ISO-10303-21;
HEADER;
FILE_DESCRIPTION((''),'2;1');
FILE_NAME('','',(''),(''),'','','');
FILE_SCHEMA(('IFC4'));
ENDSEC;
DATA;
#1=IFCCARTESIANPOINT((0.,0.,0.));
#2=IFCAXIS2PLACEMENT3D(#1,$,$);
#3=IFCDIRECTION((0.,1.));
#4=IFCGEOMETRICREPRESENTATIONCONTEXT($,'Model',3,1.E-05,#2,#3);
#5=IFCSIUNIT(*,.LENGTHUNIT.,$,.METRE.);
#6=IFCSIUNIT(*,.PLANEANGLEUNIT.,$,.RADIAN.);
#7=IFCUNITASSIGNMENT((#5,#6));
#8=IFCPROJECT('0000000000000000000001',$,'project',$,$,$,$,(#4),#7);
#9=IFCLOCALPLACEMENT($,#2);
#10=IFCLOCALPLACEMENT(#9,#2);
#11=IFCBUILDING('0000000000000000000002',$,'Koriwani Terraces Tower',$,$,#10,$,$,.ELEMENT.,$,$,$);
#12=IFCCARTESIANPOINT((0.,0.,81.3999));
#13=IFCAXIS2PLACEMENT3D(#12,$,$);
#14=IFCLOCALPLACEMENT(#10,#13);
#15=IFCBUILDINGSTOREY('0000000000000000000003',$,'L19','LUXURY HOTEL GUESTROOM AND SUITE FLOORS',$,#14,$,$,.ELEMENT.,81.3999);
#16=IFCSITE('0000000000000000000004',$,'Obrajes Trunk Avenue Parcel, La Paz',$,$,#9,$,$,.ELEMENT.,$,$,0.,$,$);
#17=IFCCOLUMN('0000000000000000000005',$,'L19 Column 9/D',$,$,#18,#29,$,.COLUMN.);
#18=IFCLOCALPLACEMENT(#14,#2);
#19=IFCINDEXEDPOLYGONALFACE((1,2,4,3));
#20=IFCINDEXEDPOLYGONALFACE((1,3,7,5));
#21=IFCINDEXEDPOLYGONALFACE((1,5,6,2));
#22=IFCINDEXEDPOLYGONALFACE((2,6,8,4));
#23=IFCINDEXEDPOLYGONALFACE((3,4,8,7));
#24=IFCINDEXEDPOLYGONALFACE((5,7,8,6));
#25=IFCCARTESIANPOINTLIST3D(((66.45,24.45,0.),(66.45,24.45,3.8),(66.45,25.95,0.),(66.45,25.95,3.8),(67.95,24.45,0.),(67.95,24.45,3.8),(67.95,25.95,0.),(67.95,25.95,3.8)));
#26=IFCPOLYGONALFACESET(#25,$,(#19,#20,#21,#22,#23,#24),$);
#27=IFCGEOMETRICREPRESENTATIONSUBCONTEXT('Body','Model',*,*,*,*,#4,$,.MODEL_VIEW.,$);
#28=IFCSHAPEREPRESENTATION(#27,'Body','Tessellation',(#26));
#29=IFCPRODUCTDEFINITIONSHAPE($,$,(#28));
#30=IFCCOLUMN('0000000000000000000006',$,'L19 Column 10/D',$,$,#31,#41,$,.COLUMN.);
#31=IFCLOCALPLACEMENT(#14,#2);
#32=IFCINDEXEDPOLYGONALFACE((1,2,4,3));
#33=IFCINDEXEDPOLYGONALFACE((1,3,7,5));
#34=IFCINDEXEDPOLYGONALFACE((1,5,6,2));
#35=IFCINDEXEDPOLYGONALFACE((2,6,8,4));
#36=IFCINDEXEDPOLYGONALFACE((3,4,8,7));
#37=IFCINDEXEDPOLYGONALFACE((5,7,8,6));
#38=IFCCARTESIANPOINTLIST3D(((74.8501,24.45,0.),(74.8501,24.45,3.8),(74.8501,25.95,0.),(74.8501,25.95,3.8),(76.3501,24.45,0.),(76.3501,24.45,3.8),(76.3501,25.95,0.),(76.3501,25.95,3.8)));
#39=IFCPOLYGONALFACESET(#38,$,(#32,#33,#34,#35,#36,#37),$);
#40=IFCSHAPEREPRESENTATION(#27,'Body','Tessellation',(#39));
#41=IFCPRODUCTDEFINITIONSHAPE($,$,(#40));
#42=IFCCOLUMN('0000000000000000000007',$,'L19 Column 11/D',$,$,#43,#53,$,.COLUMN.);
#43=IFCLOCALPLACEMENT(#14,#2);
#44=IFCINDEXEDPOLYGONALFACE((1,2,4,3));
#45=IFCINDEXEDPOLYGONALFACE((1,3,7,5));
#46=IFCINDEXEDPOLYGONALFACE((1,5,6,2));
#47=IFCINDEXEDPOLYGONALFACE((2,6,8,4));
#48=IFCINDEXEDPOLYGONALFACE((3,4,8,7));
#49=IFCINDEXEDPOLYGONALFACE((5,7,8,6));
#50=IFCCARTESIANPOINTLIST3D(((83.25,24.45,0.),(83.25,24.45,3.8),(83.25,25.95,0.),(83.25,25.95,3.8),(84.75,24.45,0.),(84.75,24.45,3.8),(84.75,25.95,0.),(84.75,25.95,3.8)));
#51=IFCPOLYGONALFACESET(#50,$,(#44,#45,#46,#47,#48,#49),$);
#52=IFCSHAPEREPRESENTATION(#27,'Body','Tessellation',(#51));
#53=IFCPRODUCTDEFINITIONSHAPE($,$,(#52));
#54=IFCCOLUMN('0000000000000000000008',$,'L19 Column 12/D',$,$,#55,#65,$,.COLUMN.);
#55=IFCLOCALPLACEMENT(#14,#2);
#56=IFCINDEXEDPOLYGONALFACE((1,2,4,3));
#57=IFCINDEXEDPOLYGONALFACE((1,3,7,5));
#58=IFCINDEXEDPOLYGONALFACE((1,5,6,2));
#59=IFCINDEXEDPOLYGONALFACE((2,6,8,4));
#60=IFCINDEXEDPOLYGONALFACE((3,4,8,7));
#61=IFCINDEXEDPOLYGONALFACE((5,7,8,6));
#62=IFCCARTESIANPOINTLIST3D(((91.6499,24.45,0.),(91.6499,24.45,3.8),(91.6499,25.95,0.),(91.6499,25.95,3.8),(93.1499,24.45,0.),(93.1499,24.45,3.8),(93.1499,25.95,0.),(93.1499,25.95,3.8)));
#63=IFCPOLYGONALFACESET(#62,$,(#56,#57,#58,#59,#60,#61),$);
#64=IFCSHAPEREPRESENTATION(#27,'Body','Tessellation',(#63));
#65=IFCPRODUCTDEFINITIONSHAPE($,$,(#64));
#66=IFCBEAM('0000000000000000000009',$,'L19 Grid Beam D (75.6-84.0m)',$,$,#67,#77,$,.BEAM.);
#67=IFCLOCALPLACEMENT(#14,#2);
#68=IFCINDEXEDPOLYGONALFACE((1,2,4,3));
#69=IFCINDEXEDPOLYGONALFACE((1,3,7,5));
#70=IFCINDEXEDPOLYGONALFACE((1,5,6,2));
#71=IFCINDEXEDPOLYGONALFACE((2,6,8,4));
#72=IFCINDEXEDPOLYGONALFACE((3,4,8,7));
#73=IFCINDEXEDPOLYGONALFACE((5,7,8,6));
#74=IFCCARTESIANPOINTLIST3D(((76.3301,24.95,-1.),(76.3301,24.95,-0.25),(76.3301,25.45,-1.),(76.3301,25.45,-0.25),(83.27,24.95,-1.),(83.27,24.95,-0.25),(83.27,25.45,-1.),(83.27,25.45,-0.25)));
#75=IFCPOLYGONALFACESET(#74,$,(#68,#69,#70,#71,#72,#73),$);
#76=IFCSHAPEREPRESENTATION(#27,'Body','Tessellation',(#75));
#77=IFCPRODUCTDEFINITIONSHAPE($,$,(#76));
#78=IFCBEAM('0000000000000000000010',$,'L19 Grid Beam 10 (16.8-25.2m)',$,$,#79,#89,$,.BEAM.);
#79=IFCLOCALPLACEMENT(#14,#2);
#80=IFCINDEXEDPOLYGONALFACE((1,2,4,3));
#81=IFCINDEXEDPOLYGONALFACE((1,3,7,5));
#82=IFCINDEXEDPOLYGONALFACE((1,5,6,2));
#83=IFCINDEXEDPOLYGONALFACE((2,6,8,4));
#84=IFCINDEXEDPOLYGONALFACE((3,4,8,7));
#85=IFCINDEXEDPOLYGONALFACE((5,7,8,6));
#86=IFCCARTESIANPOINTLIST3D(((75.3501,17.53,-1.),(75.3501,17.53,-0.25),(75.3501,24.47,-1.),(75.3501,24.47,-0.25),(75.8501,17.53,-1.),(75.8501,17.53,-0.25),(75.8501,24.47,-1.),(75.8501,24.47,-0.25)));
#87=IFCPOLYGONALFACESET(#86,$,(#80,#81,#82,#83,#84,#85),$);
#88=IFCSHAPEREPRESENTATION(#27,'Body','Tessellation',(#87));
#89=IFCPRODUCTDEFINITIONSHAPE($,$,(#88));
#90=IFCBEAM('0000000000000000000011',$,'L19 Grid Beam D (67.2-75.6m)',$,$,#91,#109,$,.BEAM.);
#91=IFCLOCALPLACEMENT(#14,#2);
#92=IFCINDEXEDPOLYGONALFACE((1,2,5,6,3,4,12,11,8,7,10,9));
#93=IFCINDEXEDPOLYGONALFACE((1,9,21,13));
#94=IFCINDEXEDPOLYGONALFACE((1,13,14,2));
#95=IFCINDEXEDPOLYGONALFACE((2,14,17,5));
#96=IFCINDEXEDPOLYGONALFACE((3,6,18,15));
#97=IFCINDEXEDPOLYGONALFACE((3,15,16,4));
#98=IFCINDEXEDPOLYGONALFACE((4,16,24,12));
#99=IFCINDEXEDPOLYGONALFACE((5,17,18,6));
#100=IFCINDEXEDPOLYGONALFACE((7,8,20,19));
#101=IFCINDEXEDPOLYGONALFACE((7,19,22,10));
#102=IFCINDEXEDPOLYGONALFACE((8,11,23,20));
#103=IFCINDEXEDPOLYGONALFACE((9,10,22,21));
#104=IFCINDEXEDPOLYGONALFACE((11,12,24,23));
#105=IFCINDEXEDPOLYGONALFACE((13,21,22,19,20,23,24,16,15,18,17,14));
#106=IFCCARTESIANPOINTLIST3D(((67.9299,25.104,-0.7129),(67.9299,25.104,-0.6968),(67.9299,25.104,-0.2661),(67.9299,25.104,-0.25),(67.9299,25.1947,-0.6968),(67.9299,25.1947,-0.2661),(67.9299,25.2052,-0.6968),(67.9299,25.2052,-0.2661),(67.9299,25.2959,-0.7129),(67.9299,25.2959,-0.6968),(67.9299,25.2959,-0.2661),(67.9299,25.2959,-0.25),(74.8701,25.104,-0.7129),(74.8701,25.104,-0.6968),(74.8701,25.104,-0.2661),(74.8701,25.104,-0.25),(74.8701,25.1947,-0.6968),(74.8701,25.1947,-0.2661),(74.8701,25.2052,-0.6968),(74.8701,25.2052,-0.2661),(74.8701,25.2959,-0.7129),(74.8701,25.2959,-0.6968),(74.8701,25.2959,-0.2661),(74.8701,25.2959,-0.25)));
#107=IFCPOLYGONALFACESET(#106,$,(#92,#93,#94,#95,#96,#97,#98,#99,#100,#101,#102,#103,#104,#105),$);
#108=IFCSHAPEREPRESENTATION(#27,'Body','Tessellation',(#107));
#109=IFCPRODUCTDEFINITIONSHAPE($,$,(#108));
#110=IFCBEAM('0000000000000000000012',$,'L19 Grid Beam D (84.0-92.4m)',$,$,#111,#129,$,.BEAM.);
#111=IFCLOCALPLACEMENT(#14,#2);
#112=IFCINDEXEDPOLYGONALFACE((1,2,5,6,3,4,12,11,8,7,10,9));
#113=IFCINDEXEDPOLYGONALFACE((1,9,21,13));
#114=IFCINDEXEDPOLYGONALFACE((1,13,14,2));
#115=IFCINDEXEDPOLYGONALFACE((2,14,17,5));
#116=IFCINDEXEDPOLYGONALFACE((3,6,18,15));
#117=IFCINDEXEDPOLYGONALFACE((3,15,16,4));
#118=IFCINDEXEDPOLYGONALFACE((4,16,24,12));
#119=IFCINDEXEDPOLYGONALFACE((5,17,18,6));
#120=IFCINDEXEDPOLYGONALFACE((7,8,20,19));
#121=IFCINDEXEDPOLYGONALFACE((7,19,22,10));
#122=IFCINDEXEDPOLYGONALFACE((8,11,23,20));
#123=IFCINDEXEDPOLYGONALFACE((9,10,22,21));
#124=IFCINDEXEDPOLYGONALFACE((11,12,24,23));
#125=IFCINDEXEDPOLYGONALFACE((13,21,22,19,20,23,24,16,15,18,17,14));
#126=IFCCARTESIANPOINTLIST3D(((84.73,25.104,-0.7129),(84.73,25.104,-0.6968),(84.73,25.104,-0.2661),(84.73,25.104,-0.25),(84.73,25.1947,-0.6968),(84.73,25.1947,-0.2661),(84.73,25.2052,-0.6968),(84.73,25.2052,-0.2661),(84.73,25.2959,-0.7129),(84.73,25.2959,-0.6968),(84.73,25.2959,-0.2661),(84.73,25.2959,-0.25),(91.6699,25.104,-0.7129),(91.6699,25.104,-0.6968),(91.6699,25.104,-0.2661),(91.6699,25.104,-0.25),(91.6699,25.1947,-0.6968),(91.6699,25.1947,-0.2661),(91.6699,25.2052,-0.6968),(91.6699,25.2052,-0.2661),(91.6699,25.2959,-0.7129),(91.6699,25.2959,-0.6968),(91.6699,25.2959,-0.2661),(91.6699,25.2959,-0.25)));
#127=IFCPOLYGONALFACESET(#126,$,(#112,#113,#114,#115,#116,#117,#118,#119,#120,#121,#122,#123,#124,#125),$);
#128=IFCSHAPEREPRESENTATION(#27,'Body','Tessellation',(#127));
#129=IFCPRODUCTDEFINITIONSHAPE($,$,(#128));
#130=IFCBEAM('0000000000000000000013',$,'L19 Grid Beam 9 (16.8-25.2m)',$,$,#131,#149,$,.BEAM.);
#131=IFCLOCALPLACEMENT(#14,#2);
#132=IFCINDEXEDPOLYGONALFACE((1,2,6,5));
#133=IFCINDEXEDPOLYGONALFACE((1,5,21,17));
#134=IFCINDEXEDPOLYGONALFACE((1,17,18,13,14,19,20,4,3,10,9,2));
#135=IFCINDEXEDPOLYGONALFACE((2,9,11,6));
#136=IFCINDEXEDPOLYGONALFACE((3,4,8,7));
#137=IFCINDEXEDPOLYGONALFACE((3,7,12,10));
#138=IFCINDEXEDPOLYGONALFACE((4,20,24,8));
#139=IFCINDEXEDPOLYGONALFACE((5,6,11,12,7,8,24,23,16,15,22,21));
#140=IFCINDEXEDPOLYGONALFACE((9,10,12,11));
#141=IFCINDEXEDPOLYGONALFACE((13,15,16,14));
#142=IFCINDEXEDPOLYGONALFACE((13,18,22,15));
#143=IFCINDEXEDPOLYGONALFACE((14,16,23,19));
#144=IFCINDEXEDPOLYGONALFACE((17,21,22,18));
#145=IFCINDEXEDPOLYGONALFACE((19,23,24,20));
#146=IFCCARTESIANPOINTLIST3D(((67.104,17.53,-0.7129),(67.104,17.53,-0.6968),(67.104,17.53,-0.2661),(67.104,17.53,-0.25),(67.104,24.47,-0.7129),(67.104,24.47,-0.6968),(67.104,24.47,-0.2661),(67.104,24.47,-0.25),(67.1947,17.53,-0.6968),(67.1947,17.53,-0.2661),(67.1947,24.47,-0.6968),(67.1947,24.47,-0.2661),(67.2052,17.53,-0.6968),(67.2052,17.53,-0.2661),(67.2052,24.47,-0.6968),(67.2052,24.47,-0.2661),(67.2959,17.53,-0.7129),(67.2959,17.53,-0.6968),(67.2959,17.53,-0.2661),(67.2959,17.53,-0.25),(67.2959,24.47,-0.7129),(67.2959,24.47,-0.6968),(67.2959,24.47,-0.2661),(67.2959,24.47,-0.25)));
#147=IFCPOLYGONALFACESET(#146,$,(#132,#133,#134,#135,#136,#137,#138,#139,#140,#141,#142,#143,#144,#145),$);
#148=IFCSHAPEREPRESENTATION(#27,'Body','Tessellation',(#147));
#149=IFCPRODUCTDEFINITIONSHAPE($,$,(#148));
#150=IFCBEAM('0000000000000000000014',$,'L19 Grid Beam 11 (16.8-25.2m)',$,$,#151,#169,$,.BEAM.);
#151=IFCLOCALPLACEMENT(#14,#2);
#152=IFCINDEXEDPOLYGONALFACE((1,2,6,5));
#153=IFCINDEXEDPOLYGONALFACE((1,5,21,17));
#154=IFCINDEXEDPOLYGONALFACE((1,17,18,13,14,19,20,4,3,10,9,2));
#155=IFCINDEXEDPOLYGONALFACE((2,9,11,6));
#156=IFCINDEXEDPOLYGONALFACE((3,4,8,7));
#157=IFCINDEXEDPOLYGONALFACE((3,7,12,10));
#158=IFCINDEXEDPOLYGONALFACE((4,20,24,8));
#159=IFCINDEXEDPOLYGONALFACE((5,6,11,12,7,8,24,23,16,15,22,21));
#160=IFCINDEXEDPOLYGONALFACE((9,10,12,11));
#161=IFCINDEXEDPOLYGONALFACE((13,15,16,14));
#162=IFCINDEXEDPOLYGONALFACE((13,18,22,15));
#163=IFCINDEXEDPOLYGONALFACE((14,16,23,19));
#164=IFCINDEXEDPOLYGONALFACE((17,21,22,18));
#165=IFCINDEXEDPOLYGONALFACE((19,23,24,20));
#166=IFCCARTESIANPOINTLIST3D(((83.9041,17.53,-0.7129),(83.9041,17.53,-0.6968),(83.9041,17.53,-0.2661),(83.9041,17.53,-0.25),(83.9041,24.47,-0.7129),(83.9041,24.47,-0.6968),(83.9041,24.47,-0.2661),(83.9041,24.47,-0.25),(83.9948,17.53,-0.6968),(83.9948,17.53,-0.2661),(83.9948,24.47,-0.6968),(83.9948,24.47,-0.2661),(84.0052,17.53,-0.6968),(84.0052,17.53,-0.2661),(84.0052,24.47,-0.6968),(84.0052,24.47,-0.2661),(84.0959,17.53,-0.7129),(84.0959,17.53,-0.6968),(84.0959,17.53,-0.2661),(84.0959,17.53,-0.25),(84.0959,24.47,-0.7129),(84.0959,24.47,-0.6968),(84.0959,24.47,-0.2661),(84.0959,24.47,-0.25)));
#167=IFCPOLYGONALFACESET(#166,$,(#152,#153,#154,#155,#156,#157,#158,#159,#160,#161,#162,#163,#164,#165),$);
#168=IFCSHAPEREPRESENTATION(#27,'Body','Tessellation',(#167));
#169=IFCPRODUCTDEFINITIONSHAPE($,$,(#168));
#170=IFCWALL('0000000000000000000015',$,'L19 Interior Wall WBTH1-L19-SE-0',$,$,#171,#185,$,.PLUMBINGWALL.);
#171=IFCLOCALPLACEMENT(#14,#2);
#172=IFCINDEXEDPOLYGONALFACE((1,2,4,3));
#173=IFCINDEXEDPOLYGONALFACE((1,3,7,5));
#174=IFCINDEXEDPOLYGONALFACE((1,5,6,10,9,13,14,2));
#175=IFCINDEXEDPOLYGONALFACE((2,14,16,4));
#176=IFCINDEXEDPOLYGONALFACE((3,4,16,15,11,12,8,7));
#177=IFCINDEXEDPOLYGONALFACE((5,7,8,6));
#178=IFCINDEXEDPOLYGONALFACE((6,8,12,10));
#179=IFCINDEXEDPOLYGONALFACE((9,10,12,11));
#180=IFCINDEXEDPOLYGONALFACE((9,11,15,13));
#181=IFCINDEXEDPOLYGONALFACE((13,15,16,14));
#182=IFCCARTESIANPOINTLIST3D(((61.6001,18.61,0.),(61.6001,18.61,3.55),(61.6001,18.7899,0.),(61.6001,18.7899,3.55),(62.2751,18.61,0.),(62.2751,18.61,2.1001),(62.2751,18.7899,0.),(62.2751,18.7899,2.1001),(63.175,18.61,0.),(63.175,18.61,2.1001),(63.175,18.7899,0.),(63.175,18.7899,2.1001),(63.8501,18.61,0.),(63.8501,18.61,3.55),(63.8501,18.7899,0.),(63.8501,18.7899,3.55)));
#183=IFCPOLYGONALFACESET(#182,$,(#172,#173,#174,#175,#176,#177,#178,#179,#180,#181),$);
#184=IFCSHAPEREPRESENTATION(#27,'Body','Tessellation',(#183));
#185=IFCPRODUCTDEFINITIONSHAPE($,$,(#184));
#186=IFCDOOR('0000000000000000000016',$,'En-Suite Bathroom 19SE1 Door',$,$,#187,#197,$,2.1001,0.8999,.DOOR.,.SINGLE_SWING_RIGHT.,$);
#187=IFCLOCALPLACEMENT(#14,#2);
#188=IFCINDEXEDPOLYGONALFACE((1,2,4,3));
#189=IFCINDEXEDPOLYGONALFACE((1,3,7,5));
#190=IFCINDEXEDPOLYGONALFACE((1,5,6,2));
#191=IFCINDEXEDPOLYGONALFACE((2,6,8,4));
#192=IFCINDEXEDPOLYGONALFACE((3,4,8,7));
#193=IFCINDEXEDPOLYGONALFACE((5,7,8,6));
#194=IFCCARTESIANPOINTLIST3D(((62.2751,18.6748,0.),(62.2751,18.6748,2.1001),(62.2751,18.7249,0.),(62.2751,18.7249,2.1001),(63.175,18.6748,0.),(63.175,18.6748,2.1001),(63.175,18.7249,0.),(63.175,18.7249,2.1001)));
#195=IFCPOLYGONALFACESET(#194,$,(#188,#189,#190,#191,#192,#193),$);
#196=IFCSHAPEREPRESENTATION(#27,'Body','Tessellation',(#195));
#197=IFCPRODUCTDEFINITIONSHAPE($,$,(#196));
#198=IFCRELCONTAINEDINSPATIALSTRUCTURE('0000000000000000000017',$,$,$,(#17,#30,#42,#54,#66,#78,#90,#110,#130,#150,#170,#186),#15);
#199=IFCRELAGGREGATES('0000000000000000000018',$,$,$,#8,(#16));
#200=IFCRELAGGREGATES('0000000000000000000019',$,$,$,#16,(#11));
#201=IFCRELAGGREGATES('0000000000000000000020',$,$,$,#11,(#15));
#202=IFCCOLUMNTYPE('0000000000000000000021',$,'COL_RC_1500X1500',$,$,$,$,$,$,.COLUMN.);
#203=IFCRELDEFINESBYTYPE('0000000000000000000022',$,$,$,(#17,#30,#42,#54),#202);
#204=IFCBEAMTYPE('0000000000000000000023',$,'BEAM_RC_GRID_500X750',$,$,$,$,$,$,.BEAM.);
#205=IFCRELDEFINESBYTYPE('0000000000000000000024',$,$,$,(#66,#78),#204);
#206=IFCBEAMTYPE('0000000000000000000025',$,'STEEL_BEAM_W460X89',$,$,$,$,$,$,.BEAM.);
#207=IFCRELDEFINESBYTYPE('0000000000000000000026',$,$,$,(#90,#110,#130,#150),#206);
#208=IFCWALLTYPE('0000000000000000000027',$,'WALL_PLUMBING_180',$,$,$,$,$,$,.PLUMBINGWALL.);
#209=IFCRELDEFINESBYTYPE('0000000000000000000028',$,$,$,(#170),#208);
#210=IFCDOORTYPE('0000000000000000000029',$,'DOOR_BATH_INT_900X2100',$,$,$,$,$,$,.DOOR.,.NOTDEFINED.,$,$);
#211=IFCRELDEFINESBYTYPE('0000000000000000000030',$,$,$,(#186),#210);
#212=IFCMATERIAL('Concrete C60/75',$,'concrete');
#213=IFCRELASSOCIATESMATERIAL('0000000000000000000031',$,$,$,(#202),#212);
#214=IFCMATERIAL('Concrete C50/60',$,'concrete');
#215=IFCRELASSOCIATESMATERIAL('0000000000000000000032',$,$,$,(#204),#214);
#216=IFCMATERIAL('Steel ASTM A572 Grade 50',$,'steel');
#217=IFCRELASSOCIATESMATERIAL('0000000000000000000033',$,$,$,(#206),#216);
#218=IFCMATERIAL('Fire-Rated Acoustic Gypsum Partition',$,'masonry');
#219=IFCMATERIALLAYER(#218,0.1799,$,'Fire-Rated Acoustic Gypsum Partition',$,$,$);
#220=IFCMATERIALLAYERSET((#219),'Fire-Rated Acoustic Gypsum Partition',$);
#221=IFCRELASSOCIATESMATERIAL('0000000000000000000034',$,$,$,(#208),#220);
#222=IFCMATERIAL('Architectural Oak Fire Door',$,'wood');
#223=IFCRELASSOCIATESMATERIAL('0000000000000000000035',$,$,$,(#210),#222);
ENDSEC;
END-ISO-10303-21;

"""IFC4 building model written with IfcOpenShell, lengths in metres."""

from ifc_helpers import new_model, si_unit, direction, frame, frame_2d, origin, origin_2d, place, context, subcontext, project, spatial, rectangle, i_section, extrude, material, layer, layer_set, material_profile, profile_set, type_object, element, fill, save


model = new_model("IFC4")

# Units and contexts
model_context = context("Model", 3, precision=1e-05, world=origin(), true_north=direction((0.0, 1.0)))
body_context = subcontext(model_context, "Body", "Model", "MODEL_VIEW")
ifc_project = project(units=[si_unit("LENGTHUNIT", "METRE"), si_unit("PLANEANGLEUNIT", "RADIAN")], contexts=[model_context])

# Site, building, storey
site_placement = place(None, origin())
site = spatial("IfcSite", under=ifc_project, at=site_placement, Name="Obrajes Trunk Avenue Parcel, La Paz", CompositionType="ELEMENT", RefElevation=0.0)
building_placement = place(site_placement, origin())
building = spatial("IfcBuilding", under=site, at=building_placement, Name="Koriwani Terraces Tower", CompositionType="ELEMENT")
storey_placement = place(building_placement, frame((0.0, 0.0, 81.3999)))
storey = spatial("IfcBuildingStorey", under=building, at=storey_placement, Name="L19", Description="LUXURY HOTEL GUESTROOM AND SUITE FLOORS", CompositionType="ELEMENT", Elevation=81.3999)

# Columns
ifc_material_1 = material(Name="Concrete C60/75", Category="concrete")
ifc_material_profile_1 = material_profile(ifc_material_1, rectangle(XDim=1.5, YDim=1.5, at=origin_2d()), Name="Concrete C60/75", Category="LoadBearing")
ifc_profile_set_1 = profile_set([ifc_material_profile_1], Name="Concrete C60/75")
column_type = type_object("IfcColumnType", Name="COL_RC_1500X1500", PredefinedType="COLUMN", material=ifc_profile_set_1)
for number, where, z_axis, x_axis, name in (
    (1, (67.2, 25.2, 0.0), (0.0, 0.0, 1.0), (1.0, 0.0, 0.0), "L19 Column 9/D"),
    (2, (75.6001, 25.2, 0.0), (0.0, 0.0, 1.0), (1.0, 0.0, 0.0), "L19 Column 10/D"),
    (3, (84.0, 25.2, 0.0), (0.0, 0.0, 1.0), (1.0, 0.0, 0.0), "L19 Column 11/D"),
    (4, (92.3999, 25.2, 0.0), (0.0, 0.0, 1.0), (1.0, 0.0, 0.0), "L19 Column 12/D"),
):
    element("IfcColumn", number, at=place(storey_placement, frame(where, z_axis=z_axis, x_axis=x_axis)), inside=storey, type_object=column_type, Name=name, PredefinedType="COLUMN", context=body_context, shape_type="SweptSolid", body=[
        extrude(rectangle(XDim=1.5, YDim=1.5, at=origin_2d()), origin(), (0.0, 0.0, 1.0), 3.8),
    ])

# Beams
ifc_material_2 = material(Name="Concrete C50/60", Category="concrete")
ifc_material_profile_2 = material_profile(ifc_material_2, rectangle(XDim=0.5, YDim=0.75, at=origin_2d()), Name="Concrete C50/60", Category="LoadBearing")
ifc_profile_set_2 = profile_set([ifc_material_profile_2], Name="Concrete C50/60")
beam_type_1 = type_object("IfcBeamType", Name="BEAM_RC_GRID_500X750", PredefinedType="BEAM", material=ifc_profile_set_2)
for number, where, z_axis, x_axis, name in (
    (5, (76.3301, 25.2, -0.625), (1.0, 0.0, 0.0), (0.0, 1.0, 0.0), "L19 Grid Beam D (75.6-84.0m)"),
    (6, (75.6001, 17.53, -0.625), (0.0, 1.0, 0.0), (-1.0, 0.0, 0.0), "L19 Grid Beam 10 (16.8-25.2m)"),
):
    element("IfcBeam", number, at=place(storey_placement, frame(where, z_axis=z_axis, x_axis=x_axis)), inside=storey, type_object=beam_type_1, Name=name, PredefinedType="BEAM", context=body_context, shape_type="SweptSolid", body=[
        extrude(rectangle(XDim=0.5, YDim=0.75, at=origin_2d()), origin(), (0.0, 0.0, 1.0), 6.9399),
    ])
ifc_material_3 = material(Name="Steel ASTM A572 Grade 50", Category="steel")
ifc_material_profile_3 = material_profile(ifc_material_3, i_section(OverallWidth=0.1919, OverallDepth=0.4629, WebThickness=0.0105, FlangeThickness=0.0161, at=origin_2d()), Name="Steel ASTM A572 Grade 50", Category="LoadBearing")
ifc_profile_set_3 = profile_set([ifc_material_profile_3], Name="Steel ASTM A572 Grade 50")
beam_type_2 = type_object("IfcBeamType", Name="STEEL_BEAM_W460X89", PredefinedType="BEAM", material=ifc_profile_set_3)
beam_placement = place(storey_placement, frame((67.9299, 25.2, -0.4814), z_axis=(1.0, 0.0, 0.0), x_axis=(0.0, 1.0, 0.0)))
element("IfcBeam", 7, at=beam_placement, inside=storey, type_object=beam_type_2, Name="L19 Grid Beam D (67.2-75.6m)", PredefinedType="BEAM", context=body_context, shape_type="SweptSolid", body=[
    extrude(i_section(OverallWidth=0.1919, OverallDepth=0.4629, WebThickness=0.0105, FlangeThickness=0.0161, at=origin_2d()), origin(), (0.0, 0.0, 1.0), 6.9402),
])
for number, where, z_axis, x_axis, name in (
    (8, (84.73, 25.2, -0.4814), (1.0, 0.0, 0.0), (0.0, 1.0, 0.0), "L19 Grid Beam D (84.0-92.4m)"),
    (9, (67.2, 17.53, -0.4814), (0.0, 1.0, 0.0), (-1.0, 0.0, 0.0), "L19 Grid Beam 9 (16.8-25.2m)"),
    (10, (84.0, 17.53, -0.4814), (0.0, 1.0, 0.0), (-1.0, 0.0, 0.0), "L19 Grid Beam 11 (16.8-25.2m)"),
):
    element("IfcBeam", number, at=place(storey_placement, frame(where, z_axis=z_axis, x_axis=x_axis)), inside=storey, type_object=beam_type_2, Name=name, PredefinedType="BEAM", context=body_context, shape_type="SweptSolid", body=[
        extrude(i_section(OverallWidth=0.1919, OverallDepth=0.4629, WebThickness=0.0105, FlangeThickness=0.0161, at=origin_2d()), origin(), (0.0, 0.0, 1.0), 6.9399),
    ])

# Wall, opening, door
ifc_material_4 = material(Name="Fire-Rated Acoustic Gypsum Partition", Category="masonry")
ifc_layer = layer(ifc_material_4, 0.1799, Name="Fire-Rated Acoustic Gypsum Partition")
ifc_layer_set = layer_set([ifc_layer], Name="Fire-Rated Acoustic Gypsum Partition")
wall_type = type_object("IfcWallType", Name="WALL_PLUMBING_180", PredefinedType="PLUMBINGWALL", material=ifc_layer_set)
wall_1_placement = place(storey_placement, frame((61.6001, 18.7, 0.0), z_axis=(0.0, 0.0, 1.0), x_axis=(1.0, 0.0, 0.0)))
wall_1 = element("IfcWall", 11, at=wall_1_placement, inside=storey, type_object=wall_type, Name="L19 Interior Wall WBTH1-L19-SE-0", PredefinedType="PLUMBINGWALL", context=body_context, shape_type="SweptSolid", body=[
    extrude(rectangle(XDim=2.25, YDim=0.1799, at=frame_2d((1.125, 0.0))), origin(), (0.0, 0.0, 1.0), 3.55),
])
opening_1_placement = place(wall_1_placement, frame((0.675, 0.0, 0.0)))
opening_1 = element("IfcOpeningElement", 12, at=opening_1_placement, cuts=wall_1, PredefinedType="OPENING", context=body_context, shape_type="SweptSolid", body=[
    extrude(rectangle(XDim=0.8999, YDim=2.1001, at=frame_2d((0.45, 1.05))), frame((0.0, 0.1001, 0.0), z_axis=(0.0, -1.0, 0.0), x_axis=(1.0, 0.0, 0.0)), (0.0, 0.0, 1.0), 0.2),
])
ifc_material_5 = material(Name="Architectural Oak Fire Door", Category="wood")
door_type = type_object("IfcDoorType", Name="DOOR_BATH_INT_900X2100", OperationType="NOTDEFINED", PredefinedType="DOOR", material=ifc_material_5)
door_1_placement = place(opening_1_placement, origin())
door_1 = element("IfcDoor", 13, at=door_1_placement, inside=storey, type_object=door_type, Name="En-Suite Bathroom 19SE1 Door", OperationType="SINGLE_SWING_RIGHT", OverallHeight=2.1001, OverallWidth=0.8999, PredefinedType="DOOR", context=body_context, shape_type="SweptSolid", body=[
    extrude(rectangle(XDim=0.8999, YDim=2.1001, at=frame_2d((0.45, 1.05))), frame((0.0, 0.0249, 0.0), z_axis=(0.0, -1.0, 0.0), x_axis=(1.0, 0.0, 0.0)), (0.0, 0.0, 1.0), 0.05),
])
fill(opening_1, door_1)

save(model, "model.ifc")
